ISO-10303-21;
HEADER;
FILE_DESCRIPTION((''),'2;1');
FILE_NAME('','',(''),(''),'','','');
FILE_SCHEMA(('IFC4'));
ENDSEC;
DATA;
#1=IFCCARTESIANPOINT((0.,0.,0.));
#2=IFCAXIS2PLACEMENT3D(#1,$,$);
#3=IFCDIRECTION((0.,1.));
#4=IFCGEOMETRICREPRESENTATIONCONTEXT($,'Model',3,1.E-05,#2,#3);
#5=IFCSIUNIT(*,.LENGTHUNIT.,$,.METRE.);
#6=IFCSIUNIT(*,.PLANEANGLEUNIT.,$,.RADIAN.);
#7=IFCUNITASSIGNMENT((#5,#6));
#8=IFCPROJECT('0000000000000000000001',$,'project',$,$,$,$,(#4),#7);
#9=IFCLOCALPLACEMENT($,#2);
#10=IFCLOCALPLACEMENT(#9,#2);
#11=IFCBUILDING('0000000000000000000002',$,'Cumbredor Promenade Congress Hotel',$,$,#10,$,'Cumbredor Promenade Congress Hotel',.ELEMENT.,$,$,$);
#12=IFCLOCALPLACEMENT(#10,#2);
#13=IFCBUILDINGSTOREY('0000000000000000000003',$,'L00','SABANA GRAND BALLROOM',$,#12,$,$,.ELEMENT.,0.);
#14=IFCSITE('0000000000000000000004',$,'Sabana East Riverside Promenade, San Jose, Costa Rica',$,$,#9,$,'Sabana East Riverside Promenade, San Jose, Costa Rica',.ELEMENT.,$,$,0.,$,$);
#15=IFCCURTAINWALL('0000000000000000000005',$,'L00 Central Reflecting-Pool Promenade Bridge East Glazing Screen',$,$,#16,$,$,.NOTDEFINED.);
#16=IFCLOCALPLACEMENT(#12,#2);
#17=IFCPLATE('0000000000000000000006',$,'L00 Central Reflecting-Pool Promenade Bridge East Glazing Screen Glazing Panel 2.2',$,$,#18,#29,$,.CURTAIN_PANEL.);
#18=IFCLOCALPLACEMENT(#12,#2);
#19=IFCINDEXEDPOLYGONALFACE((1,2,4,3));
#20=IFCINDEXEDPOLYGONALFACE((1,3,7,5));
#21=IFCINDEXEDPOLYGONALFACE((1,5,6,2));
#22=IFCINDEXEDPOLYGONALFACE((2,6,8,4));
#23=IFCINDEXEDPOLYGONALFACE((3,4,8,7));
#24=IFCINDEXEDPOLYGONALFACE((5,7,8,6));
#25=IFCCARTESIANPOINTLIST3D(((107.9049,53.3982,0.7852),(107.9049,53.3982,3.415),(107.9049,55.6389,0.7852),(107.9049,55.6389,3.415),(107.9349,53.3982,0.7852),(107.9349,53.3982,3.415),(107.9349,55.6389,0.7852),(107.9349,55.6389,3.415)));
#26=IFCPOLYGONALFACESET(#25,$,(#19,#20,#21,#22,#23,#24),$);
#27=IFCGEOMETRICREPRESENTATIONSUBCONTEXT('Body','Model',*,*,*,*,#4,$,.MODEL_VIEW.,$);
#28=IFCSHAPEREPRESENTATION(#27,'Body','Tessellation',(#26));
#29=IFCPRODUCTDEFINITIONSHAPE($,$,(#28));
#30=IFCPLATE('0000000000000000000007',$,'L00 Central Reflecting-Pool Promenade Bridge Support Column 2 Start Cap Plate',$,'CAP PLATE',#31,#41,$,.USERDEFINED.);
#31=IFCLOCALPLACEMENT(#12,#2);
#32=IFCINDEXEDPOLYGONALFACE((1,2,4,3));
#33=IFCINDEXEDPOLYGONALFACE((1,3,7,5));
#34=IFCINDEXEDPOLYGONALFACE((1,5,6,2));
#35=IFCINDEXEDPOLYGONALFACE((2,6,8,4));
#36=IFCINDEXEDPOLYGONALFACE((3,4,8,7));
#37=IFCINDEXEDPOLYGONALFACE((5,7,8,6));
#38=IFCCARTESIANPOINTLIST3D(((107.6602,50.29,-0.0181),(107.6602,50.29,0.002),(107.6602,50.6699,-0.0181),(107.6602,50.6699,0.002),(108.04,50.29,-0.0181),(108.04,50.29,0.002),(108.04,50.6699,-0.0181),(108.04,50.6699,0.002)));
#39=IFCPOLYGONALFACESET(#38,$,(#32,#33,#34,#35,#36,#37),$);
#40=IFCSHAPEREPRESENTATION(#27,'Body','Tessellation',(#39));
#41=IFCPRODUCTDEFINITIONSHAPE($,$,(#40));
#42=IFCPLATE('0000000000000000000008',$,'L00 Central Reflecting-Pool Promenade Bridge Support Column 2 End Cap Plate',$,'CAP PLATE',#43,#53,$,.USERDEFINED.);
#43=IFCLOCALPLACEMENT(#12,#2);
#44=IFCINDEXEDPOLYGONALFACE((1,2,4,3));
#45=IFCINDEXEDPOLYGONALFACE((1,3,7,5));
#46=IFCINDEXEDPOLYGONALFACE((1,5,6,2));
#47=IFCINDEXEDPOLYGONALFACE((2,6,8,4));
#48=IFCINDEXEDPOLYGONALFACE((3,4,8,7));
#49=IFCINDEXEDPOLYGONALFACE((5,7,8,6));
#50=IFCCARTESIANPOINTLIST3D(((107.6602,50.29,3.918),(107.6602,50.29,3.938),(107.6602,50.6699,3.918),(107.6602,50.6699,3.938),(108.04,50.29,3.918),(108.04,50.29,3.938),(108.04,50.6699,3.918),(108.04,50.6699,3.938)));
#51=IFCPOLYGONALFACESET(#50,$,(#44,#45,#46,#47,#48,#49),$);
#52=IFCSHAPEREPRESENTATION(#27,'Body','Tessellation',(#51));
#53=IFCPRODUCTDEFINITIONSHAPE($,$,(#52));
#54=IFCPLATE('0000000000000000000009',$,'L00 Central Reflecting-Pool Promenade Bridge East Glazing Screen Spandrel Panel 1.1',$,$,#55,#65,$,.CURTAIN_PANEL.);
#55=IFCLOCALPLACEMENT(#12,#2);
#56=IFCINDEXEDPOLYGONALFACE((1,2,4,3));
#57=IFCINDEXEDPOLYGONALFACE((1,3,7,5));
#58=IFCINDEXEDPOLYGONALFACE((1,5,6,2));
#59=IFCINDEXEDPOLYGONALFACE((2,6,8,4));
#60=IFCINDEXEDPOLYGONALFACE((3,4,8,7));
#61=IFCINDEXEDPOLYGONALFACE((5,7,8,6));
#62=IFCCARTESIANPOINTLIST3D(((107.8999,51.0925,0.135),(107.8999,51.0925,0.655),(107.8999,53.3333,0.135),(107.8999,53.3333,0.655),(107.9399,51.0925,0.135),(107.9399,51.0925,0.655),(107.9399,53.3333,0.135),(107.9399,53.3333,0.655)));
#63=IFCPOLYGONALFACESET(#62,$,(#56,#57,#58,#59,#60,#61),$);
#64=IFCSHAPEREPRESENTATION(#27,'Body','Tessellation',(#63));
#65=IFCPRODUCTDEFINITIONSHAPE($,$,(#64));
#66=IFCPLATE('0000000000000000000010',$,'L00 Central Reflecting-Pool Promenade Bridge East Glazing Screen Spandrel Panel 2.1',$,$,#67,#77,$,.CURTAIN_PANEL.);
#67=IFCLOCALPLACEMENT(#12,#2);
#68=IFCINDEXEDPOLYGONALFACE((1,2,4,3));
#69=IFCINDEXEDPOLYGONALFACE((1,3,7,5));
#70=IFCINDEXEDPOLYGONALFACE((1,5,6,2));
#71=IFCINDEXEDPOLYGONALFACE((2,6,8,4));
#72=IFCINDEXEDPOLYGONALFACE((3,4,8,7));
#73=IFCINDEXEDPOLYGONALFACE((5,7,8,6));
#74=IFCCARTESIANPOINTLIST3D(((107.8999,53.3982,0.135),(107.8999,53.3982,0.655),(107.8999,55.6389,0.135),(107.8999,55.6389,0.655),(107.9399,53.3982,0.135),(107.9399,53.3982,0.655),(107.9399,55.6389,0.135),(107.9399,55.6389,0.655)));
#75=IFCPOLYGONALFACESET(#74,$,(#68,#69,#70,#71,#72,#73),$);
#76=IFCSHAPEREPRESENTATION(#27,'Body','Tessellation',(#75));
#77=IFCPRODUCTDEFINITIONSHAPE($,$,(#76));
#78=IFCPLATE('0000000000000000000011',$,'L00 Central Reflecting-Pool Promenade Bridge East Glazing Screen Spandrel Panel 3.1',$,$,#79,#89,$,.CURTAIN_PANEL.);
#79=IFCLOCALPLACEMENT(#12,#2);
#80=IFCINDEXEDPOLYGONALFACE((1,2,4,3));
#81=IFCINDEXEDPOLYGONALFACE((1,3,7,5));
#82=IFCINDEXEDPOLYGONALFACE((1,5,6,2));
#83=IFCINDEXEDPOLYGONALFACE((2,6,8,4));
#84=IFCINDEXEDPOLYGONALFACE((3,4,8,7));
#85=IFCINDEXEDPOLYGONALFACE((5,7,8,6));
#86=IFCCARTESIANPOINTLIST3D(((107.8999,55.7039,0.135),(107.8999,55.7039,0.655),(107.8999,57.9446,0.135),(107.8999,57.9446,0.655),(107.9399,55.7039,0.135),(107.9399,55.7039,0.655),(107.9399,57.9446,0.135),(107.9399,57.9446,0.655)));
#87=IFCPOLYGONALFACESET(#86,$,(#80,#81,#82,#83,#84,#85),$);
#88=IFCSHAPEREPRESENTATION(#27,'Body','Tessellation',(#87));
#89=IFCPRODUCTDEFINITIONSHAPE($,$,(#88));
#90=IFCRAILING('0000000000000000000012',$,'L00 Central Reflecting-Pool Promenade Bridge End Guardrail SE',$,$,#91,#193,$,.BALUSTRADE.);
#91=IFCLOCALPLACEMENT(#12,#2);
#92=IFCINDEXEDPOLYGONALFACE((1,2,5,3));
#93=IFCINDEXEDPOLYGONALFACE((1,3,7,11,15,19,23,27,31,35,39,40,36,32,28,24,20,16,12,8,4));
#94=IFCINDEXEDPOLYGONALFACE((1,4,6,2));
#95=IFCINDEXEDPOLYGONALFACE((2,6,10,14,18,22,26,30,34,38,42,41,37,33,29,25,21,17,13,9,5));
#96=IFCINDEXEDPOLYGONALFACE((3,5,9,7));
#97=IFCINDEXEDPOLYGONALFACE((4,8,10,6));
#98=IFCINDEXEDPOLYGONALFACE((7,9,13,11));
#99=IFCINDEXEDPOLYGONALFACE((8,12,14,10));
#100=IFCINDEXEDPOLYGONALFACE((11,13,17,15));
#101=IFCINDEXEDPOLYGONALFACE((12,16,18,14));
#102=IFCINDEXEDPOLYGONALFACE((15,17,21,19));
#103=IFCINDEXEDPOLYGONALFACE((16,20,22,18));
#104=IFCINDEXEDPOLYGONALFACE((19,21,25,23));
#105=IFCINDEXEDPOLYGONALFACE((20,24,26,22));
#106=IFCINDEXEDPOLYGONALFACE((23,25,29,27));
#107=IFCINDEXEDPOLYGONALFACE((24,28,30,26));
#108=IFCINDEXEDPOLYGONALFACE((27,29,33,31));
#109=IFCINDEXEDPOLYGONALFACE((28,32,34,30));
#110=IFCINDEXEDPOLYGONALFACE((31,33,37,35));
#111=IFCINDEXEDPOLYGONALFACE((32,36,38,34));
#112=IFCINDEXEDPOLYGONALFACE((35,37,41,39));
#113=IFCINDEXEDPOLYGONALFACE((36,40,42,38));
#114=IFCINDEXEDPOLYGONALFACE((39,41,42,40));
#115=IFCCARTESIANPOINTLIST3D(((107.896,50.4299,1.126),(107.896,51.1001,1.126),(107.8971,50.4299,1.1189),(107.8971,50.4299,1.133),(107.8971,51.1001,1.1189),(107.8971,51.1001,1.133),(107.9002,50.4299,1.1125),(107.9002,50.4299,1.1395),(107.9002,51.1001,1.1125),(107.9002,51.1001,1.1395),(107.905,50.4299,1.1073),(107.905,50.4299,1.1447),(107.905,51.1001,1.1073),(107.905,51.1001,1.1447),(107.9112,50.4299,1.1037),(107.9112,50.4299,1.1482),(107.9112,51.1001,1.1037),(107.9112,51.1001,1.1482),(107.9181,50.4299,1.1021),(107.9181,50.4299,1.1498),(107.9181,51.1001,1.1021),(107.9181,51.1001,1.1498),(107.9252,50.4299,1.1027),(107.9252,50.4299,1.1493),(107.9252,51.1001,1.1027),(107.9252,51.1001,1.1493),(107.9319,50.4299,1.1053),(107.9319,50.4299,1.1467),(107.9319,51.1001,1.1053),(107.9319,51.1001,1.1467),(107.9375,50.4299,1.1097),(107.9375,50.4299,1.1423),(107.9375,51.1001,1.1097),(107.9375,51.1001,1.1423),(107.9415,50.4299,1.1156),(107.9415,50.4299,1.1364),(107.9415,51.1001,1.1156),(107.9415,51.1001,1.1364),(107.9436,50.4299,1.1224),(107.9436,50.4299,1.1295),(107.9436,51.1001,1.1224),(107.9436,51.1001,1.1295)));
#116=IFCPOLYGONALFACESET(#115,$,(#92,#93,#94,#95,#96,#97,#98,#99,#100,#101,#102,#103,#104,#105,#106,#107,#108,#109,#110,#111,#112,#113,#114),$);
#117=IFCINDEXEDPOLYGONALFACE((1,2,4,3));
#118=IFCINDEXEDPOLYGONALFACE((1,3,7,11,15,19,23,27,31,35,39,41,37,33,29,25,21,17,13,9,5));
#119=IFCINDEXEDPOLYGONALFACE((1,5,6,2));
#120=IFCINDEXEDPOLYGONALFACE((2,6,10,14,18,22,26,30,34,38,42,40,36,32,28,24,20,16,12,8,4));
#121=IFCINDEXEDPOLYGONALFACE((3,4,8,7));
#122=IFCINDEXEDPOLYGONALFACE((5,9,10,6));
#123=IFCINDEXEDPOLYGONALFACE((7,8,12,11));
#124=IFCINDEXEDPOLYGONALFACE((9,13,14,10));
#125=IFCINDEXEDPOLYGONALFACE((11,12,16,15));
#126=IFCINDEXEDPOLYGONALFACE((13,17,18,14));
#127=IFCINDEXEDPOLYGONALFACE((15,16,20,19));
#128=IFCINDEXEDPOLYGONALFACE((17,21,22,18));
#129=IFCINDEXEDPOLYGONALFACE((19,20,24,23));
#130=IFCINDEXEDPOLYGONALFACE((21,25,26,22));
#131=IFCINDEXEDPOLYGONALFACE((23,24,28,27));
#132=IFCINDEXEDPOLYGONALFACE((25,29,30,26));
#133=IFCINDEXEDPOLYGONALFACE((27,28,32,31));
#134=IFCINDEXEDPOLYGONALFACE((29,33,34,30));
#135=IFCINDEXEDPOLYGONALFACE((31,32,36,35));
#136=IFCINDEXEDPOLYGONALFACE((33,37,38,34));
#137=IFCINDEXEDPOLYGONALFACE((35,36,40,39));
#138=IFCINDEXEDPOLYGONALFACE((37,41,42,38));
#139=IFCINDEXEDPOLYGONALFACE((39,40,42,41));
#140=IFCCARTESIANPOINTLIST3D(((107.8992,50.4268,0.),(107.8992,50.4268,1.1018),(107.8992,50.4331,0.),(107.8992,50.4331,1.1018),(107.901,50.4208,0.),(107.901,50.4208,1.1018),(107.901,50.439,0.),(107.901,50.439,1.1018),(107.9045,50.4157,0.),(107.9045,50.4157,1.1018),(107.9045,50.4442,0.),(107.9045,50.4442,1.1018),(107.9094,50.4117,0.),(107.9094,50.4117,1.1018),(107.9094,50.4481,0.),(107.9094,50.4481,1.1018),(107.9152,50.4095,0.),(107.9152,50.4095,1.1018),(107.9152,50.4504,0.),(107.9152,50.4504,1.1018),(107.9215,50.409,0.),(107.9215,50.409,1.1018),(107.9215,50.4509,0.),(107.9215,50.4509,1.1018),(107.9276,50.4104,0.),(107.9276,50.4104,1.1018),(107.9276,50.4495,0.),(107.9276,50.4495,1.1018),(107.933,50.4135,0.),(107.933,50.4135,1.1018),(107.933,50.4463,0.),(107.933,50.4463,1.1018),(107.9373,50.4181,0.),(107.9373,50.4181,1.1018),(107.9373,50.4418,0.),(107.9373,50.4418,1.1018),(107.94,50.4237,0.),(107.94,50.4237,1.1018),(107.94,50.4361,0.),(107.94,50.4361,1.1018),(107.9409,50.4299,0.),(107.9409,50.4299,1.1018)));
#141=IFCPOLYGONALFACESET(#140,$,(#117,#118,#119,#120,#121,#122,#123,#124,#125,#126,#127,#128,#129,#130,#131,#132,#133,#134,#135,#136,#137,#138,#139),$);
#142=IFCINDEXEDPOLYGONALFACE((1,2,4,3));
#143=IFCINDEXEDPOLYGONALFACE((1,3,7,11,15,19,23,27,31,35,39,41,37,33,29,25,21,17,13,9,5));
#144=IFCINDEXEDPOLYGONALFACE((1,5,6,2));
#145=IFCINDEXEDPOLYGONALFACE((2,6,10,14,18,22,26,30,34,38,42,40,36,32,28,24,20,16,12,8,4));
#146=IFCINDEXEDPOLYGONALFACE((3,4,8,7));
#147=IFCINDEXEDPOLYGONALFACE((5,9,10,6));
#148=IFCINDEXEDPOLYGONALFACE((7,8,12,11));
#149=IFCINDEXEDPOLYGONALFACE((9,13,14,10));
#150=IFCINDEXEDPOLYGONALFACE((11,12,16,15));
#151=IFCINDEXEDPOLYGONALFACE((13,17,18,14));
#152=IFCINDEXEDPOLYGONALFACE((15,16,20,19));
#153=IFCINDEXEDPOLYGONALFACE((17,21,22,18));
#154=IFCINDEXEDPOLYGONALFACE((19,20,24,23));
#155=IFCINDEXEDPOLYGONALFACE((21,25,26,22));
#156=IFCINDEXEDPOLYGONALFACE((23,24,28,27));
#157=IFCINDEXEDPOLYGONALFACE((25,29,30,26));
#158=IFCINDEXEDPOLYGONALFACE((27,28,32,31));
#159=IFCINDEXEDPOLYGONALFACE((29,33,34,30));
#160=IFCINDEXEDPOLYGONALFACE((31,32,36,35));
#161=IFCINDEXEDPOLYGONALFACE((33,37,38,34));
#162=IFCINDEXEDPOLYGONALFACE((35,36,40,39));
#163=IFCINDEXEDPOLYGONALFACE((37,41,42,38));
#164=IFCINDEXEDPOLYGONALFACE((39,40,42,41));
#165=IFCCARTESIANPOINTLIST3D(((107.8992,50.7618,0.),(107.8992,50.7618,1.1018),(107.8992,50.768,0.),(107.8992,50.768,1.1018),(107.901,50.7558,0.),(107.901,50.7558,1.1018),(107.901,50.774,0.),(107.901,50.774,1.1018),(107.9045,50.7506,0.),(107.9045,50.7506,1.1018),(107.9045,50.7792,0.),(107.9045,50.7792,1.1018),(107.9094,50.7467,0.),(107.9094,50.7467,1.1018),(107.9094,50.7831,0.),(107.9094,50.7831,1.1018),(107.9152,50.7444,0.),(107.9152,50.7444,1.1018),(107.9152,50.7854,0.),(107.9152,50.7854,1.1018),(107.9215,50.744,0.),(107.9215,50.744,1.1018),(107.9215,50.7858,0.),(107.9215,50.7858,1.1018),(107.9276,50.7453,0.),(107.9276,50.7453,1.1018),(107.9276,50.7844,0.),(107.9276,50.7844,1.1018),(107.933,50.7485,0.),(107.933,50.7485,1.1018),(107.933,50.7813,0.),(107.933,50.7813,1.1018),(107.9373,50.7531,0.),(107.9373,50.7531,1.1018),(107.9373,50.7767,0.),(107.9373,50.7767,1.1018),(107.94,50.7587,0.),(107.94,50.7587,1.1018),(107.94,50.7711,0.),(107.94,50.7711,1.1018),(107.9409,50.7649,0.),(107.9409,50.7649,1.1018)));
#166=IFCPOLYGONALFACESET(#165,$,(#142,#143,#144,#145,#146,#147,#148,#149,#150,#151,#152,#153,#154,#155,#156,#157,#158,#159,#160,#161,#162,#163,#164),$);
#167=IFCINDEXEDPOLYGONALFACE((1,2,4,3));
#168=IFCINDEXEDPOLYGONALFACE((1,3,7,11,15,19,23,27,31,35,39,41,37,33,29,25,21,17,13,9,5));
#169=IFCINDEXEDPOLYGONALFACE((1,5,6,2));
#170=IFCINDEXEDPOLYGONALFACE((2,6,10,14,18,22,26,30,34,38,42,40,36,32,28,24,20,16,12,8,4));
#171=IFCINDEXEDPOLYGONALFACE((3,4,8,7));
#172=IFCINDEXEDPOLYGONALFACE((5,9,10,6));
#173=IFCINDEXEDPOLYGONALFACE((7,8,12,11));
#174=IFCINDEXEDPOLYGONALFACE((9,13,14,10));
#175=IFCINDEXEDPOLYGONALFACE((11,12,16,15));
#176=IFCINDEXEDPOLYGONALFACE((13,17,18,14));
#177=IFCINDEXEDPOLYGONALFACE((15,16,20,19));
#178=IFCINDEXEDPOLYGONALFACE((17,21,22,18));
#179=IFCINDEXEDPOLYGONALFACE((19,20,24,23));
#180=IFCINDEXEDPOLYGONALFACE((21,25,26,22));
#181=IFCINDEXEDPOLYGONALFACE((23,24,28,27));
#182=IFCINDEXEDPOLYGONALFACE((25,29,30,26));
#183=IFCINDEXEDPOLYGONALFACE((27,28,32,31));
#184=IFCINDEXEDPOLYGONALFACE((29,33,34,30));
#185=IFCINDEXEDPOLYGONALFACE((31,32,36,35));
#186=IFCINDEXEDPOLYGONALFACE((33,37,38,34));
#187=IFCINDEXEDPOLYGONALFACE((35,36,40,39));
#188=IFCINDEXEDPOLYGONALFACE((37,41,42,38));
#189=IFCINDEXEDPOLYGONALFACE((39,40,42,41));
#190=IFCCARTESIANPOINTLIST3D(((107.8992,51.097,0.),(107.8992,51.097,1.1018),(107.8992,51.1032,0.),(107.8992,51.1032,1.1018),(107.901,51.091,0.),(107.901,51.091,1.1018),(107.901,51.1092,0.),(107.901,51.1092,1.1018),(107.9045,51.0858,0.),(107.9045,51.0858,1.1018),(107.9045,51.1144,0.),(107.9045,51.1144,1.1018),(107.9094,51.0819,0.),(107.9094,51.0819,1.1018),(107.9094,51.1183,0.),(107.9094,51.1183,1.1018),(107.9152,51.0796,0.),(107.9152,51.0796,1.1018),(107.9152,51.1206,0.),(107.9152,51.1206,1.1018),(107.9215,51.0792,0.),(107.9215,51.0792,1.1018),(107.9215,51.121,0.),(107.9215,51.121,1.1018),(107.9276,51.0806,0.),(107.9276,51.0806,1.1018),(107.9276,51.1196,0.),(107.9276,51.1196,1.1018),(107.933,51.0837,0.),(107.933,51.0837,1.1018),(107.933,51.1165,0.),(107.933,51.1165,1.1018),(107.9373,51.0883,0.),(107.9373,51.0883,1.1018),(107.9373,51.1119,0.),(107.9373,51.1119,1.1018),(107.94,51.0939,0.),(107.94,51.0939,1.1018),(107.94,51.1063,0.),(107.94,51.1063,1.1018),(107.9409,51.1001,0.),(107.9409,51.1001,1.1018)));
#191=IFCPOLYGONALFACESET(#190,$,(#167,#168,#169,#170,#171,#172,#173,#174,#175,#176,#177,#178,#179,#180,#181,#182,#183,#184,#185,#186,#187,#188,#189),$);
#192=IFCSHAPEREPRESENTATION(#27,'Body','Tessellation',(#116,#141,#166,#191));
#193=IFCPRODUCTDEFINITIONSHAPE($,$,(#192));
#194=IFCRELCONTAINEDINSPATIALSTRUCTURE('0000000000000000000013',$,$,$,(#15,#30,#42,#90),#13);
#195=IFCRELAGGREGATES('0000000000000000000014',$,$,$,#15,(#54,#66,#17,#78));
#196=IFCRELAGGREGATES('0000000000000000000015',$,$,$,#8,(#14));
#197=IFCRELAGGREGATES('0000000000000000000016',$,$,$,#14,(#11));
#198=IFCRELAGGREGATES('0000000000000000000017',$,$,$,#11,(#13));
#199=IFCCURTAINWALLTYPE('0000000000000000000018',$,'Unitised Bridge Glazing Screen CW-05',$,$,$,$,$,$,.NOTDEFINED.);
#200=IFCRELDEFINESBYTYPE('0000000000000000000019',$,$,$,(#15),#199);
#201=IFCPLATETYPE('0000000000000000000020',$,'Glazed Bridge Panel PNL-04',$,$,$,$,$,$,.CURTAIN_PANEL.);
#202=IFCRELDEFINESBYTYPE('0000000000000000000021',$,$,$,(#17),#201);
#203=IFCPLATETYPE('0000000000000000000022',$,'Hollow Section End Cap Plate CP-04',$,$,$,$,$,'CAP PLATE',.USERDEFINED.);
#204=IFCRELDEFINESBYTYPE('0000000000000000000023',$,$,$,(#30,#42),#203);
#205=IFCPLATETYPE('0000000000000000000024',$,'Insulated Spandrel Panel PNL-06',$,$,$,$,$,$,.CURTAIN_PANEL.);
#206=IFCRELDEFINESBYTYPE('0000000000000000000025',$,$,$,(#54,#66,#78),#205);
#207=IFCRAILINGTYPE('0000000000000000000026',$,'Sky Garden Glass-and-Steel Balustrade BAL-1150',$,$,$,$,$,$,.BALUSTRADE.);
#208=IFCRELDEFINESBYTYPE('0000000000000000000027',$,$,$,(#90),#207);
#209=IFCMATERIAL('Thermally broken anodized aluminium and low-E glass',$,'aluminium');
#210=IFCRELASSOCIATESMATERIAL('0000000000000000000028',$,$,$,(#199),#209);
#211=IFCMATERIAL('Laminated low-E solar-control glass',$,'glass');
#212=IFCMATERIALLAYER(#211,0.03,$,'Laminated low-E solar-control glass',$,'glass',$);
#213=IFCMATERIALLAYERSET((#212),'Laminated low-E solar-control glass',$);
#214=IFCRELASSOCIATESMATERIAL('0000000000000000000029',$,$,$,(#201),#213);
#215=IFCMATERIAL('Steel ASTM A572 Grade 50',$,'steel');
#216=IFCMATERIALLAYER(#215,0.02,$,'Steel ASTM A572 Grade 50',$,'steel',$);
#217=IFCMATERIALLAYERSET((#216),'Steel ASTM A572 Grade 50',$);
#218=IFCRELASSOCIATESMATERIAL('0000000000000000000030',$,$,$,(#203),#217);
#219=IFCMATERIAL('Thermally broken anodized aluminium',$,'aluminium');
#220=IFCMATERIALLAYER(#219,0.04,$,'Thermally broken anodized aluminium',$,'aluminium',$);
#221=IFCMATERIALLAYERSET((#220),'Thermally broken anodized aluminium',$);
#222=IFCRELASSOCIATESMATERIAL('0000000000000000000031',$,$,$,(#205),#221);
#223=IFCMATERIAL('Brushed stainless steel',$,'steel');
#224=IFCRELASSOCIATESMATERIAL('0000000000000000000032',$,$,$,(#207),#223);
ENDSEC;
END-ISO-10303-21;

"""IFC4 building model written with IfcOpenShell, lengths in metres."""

from ifc_helpers import new_model, si_unit, direction, frame, origin, origin_2d, place, context, subcontext, project, spatial, rectangle, circle, extrude, material, layer, layer_set, type_object, element, aggregate, save


model = new_model("IFC4")

# Units and contexts
model_context = context("Model", 3, precision=1e-05, world=origin(), true_north=direction((0.0, 1.0)))
body_context = subcontext(model_context, "Body", "Model", "MODEL_VIEW")
ifc_project = project(units=[si_unit("LENGTHUNIT", "METRE"), si_unit("PLANEANGLEUNIT", "RADIAN")], contexts=[model_context])

# Site, building, storey
site_placement = place(None, origin())
site = spatial("IfcSite", under=ifc_project, at=site_placement, Name="Sabana East Riverside Promenade, San Jose, Costa Rica", LongName="Sabana East Riverside Promenade, San Jose, Costa Rica", CompositionType="ELEMENT", RefElevation=0.0)
building_placement = place(site_placement, origin())
building = spatial("IfcBuilding", under=site, at=building_placement, Name="Cumbredor Promenade Congress Hotel", LongName="Cumbredor Promenade Congress Hotel", CompositionType="ELEMENT")
storey_placement = place(building_placement, origin())
storey = spatial("IfcBuildingStorey", under=building, at=storey_placement, Name="L00", Description="SABANA GRAND BALLROOM", CompositionType="ELEMENT", Elevation=0.0)

# Curtain wall, plate
ifc_material_1 = material(Name="Thermally broken anodized aluminium and low-E glass", Category="aluminium")
curtain_wall_type = type_object("IfcCurtainWallType", Name="Unitised Bridge Glazing Screen CW-05", PredefinedType="NOTDEFINED", material=ifc_material_1)
curtain_wall_placement = place(storey_placement, origin())
curtain_wall = element("IfcCurtainWall", 1, at=curtain_wall_placement, inside=storey, type_object=curtain_wall_type, Name="L00 Central Reflecting-Pool Promenade Bridge East Glazing Screen", PredefinedType="NOTDEFINED")
ifc_material_2 = material(Name="Thermally broken anodized aluminium", Category="aluminium")
ifc_material_3 = material(Name="Laminated low-E solar-control glass", Category="glass")
ifc_layer_1 = layer(ifc_material_3, 0.03, Name="Laminated low-E solar-control glass", Category="glass")
ifc_layer_set_1 = layer_set([ifc_layer_1], Name="Laminated low-E solar-control glass")
plate_type_1 = type_object("IfcPlateType", Name="Glazed Bridge Panel PNL-04", PredefinedType="CURTAIN_PANEL", material=ifc_layer_set_1)
plate_1_placement = place(storey_placement, frame((107.9199, 54.5186, 0.7852), z_axis=(0.0, 0.0, 1.0), x_axis=(0.0, 1.0, 0.0)))
plate_1 = element("IfcPlate", 2, at=plate_1_placement, type_object=plate_type_1, Name="L00 Central Reflecting-Pool Promenade Bridge East Glazing Screen Glazing Panel 2.2", PredefinedType="CURTAIN_PANEL", context=body_context, shape_type="SweptSolid", body=[
    extrude(rectangle(XDim=2.2407, YDim=0.03, at=origin_2d()), origin(), (0.0, 0.0, 1.0), 2.6299),
])

# Plates
ifc_material_4 = material(Name="Steel ASTM A572 Grade 50", Category="steel")
ifc_layer_2 = layer(ifc_material_4, 0.02, Name="Steel ASTM A572 Grade 50", Category="steel")
ifc_layer_set_2 = layer_set([ifc_layer_2], Name="Steel ASTM A572 Grade 50")
plate_type_2 = type_object("IfcPlateType", Name="Hollow Section End Cap Plate CP-04", ElementType="CAP PLATE", PredefinedType="USERDEFINED", material=ifc_layer_set_2)
for number, where, z_axis, x_axis, name in (
    (3, (107.8501, 50.48, -0.0181), (0.0, 0.0, 1.0), (1.0, 0.0, 0.0), "L00 Central Reflecting-Pool Promenade Bridge Support Column 2 Start Cap Plate"),
    (4, (107.8501, 50.48, 3.918), (0.0, 0.0, 1.0), (1.0, 0.0, 0.0), "L00 Central Reflecting-Pool Promenade Bridge Support Column 2 End Cap Plate"),
):
    element("IfcPlate", number, at=place(storey_placement, frame(where, z_axis=z_axis, x_axis=x_axis)), inside=storey, type_object=plate_type_2, Name=name, ObjectType="CAP PLATE", PredefinedType="USERDEFINED", context=body_context, shape_type="SweptSolid", body=[
        extrude(rectangle(XDim=0.3799, YDim=0.3799, at=origin_2d()), origin(), (0.0, 0.0, 1.0), 0.02),
    ])

# Plates
ifc_layer_3 = layer(ifc_material_2, 0.04, Name="Thermally broken anodized aluminium", Category="aluminium")
ifc_layer_set_3 = layer_set([ifc_layer_3], Name="Thermally broken anodized aluminium")
plate_type_3 = type_object("IfcPlateType", Name="Insulated Spandrel Panel PNL-06", PredefinedType="CURTAIN_PANEL", material=ifc_layer_set_3)
plate_2_placement = place(storey_placement, frame((107.9199, 52.2129, 0.135), z_axis=(0.0, 0.0, 1.0), x_axis=(0.0, 1.0, 0.0)))
plate_2 = element("IfcPlate", 5, at=plate_2_placement, type_object=plate_type_3, Name="L00 Central Reflecting-Pool Promenade Bridge East Glazing Screen Spandrel Panel 1.1", PredefinedType="CURTAIN_PANEL", context=body_context, shape_type="SweptSolid", body=[
    extrude(rectangle(XDim=2.2407, YDim=0.04, at=origin_2d()), origin(), (0.0, 0.0, 1.0), 0.52),
])
plate_3_placement = place(storey_placement, frame((107.9199, 54.5186, 0.135), z_axis=(0.0, 0.0, 1.0), x_axis=(0.0, 1.0, 0.0)))
plate_3 = element("IfcPlate", 6, at=plate_3_placement, type_object=plate_type_3, Name="L00 Central Reflecting-Pool Promenade Bridge East Glazing Screen Spandrel Panel 2.1", PredefinedType="CURTAIN_PANEL", context=body_context, shape_type="SweptSolid", body=[
    extrude(rectangle(XDim=2.2407, YDim=0.04, at=origin_2d()), origin(), (0.0, 0.0, 1.0), 0.52),
])
plate_4_placement = place(storey_placement, frame((107.9199, 56.8242, 0.135), z_axis=(0.0, 0.0, 1.0), x_axis=(0.0, 1.0, 0.0)))
plate_4 = element("IfcPlate", 7, at=plate_4_placement, type_object=plate_type_3, Name="L00 Central Reflecting-Pool Promenade Bridge East Glazing Screen Spandrel Panel 3.1", PredefinedType="CURTAIN_PANEL", context=body_context, shape_type="SweptSolid", body=[
    extrude(rectangle(XDim=2.2407, YDim=0.04, at=origin_2d()), origin(), (0.0, 0.0, 1.0), 0.52),
])
aggregate(curtain_wall, [plate_2, plate_3, plate_1, plate_4])

# Railing
ifc_material_5 = material(Name="Brushed stainless steel", Category="steel")
railing_type = type_object("IfcRailingType", Name="Sky Garden Glass-and-Steel Balustrade BAL-1150", PredefinedType="BALUSTRADE", material=ifc_material_5)
railing_placement = place(storey_placement, frame((107.9199, 50.4299, 0.0)))
element("IfcRailing", 8, at=railing_placement, inside=storey, type_object=railing_type, Name="L00 Central Reflecting-Pool Promenade Bridge End Guardrail SE", PredefinedType="BALUSTRADE", context=body_context, shape_type="SweptSolid", body=[
    extrude(circle(Radius=0.0239, at=origin_2d()), frame((0.0, 0.0, 1.126), z_axis=(0.0, 1.0, 0.0), x_axis=(-1.0, 0.0, 0.0)), (0.0, 0.0, 1.0), 0.6702),
    extrude(circle(Radius=0.021, at=origin_2d()), origin(), (0.0, 0.0, 1.0), 1.1018),
    extrude(circle(Radius=0.021, at=origin_2d()), frame((0.0, 0.335, 0.0)), (0.0, 0.0, 1.0), 1.1018),
    extrude(circle(Radius=0.021, at=origin_2d()), frame((0.0, 0.6702, 0.0)), (0.0, 0.0, 1.0), 1.1018),
])

save(model, "model.ifc")
